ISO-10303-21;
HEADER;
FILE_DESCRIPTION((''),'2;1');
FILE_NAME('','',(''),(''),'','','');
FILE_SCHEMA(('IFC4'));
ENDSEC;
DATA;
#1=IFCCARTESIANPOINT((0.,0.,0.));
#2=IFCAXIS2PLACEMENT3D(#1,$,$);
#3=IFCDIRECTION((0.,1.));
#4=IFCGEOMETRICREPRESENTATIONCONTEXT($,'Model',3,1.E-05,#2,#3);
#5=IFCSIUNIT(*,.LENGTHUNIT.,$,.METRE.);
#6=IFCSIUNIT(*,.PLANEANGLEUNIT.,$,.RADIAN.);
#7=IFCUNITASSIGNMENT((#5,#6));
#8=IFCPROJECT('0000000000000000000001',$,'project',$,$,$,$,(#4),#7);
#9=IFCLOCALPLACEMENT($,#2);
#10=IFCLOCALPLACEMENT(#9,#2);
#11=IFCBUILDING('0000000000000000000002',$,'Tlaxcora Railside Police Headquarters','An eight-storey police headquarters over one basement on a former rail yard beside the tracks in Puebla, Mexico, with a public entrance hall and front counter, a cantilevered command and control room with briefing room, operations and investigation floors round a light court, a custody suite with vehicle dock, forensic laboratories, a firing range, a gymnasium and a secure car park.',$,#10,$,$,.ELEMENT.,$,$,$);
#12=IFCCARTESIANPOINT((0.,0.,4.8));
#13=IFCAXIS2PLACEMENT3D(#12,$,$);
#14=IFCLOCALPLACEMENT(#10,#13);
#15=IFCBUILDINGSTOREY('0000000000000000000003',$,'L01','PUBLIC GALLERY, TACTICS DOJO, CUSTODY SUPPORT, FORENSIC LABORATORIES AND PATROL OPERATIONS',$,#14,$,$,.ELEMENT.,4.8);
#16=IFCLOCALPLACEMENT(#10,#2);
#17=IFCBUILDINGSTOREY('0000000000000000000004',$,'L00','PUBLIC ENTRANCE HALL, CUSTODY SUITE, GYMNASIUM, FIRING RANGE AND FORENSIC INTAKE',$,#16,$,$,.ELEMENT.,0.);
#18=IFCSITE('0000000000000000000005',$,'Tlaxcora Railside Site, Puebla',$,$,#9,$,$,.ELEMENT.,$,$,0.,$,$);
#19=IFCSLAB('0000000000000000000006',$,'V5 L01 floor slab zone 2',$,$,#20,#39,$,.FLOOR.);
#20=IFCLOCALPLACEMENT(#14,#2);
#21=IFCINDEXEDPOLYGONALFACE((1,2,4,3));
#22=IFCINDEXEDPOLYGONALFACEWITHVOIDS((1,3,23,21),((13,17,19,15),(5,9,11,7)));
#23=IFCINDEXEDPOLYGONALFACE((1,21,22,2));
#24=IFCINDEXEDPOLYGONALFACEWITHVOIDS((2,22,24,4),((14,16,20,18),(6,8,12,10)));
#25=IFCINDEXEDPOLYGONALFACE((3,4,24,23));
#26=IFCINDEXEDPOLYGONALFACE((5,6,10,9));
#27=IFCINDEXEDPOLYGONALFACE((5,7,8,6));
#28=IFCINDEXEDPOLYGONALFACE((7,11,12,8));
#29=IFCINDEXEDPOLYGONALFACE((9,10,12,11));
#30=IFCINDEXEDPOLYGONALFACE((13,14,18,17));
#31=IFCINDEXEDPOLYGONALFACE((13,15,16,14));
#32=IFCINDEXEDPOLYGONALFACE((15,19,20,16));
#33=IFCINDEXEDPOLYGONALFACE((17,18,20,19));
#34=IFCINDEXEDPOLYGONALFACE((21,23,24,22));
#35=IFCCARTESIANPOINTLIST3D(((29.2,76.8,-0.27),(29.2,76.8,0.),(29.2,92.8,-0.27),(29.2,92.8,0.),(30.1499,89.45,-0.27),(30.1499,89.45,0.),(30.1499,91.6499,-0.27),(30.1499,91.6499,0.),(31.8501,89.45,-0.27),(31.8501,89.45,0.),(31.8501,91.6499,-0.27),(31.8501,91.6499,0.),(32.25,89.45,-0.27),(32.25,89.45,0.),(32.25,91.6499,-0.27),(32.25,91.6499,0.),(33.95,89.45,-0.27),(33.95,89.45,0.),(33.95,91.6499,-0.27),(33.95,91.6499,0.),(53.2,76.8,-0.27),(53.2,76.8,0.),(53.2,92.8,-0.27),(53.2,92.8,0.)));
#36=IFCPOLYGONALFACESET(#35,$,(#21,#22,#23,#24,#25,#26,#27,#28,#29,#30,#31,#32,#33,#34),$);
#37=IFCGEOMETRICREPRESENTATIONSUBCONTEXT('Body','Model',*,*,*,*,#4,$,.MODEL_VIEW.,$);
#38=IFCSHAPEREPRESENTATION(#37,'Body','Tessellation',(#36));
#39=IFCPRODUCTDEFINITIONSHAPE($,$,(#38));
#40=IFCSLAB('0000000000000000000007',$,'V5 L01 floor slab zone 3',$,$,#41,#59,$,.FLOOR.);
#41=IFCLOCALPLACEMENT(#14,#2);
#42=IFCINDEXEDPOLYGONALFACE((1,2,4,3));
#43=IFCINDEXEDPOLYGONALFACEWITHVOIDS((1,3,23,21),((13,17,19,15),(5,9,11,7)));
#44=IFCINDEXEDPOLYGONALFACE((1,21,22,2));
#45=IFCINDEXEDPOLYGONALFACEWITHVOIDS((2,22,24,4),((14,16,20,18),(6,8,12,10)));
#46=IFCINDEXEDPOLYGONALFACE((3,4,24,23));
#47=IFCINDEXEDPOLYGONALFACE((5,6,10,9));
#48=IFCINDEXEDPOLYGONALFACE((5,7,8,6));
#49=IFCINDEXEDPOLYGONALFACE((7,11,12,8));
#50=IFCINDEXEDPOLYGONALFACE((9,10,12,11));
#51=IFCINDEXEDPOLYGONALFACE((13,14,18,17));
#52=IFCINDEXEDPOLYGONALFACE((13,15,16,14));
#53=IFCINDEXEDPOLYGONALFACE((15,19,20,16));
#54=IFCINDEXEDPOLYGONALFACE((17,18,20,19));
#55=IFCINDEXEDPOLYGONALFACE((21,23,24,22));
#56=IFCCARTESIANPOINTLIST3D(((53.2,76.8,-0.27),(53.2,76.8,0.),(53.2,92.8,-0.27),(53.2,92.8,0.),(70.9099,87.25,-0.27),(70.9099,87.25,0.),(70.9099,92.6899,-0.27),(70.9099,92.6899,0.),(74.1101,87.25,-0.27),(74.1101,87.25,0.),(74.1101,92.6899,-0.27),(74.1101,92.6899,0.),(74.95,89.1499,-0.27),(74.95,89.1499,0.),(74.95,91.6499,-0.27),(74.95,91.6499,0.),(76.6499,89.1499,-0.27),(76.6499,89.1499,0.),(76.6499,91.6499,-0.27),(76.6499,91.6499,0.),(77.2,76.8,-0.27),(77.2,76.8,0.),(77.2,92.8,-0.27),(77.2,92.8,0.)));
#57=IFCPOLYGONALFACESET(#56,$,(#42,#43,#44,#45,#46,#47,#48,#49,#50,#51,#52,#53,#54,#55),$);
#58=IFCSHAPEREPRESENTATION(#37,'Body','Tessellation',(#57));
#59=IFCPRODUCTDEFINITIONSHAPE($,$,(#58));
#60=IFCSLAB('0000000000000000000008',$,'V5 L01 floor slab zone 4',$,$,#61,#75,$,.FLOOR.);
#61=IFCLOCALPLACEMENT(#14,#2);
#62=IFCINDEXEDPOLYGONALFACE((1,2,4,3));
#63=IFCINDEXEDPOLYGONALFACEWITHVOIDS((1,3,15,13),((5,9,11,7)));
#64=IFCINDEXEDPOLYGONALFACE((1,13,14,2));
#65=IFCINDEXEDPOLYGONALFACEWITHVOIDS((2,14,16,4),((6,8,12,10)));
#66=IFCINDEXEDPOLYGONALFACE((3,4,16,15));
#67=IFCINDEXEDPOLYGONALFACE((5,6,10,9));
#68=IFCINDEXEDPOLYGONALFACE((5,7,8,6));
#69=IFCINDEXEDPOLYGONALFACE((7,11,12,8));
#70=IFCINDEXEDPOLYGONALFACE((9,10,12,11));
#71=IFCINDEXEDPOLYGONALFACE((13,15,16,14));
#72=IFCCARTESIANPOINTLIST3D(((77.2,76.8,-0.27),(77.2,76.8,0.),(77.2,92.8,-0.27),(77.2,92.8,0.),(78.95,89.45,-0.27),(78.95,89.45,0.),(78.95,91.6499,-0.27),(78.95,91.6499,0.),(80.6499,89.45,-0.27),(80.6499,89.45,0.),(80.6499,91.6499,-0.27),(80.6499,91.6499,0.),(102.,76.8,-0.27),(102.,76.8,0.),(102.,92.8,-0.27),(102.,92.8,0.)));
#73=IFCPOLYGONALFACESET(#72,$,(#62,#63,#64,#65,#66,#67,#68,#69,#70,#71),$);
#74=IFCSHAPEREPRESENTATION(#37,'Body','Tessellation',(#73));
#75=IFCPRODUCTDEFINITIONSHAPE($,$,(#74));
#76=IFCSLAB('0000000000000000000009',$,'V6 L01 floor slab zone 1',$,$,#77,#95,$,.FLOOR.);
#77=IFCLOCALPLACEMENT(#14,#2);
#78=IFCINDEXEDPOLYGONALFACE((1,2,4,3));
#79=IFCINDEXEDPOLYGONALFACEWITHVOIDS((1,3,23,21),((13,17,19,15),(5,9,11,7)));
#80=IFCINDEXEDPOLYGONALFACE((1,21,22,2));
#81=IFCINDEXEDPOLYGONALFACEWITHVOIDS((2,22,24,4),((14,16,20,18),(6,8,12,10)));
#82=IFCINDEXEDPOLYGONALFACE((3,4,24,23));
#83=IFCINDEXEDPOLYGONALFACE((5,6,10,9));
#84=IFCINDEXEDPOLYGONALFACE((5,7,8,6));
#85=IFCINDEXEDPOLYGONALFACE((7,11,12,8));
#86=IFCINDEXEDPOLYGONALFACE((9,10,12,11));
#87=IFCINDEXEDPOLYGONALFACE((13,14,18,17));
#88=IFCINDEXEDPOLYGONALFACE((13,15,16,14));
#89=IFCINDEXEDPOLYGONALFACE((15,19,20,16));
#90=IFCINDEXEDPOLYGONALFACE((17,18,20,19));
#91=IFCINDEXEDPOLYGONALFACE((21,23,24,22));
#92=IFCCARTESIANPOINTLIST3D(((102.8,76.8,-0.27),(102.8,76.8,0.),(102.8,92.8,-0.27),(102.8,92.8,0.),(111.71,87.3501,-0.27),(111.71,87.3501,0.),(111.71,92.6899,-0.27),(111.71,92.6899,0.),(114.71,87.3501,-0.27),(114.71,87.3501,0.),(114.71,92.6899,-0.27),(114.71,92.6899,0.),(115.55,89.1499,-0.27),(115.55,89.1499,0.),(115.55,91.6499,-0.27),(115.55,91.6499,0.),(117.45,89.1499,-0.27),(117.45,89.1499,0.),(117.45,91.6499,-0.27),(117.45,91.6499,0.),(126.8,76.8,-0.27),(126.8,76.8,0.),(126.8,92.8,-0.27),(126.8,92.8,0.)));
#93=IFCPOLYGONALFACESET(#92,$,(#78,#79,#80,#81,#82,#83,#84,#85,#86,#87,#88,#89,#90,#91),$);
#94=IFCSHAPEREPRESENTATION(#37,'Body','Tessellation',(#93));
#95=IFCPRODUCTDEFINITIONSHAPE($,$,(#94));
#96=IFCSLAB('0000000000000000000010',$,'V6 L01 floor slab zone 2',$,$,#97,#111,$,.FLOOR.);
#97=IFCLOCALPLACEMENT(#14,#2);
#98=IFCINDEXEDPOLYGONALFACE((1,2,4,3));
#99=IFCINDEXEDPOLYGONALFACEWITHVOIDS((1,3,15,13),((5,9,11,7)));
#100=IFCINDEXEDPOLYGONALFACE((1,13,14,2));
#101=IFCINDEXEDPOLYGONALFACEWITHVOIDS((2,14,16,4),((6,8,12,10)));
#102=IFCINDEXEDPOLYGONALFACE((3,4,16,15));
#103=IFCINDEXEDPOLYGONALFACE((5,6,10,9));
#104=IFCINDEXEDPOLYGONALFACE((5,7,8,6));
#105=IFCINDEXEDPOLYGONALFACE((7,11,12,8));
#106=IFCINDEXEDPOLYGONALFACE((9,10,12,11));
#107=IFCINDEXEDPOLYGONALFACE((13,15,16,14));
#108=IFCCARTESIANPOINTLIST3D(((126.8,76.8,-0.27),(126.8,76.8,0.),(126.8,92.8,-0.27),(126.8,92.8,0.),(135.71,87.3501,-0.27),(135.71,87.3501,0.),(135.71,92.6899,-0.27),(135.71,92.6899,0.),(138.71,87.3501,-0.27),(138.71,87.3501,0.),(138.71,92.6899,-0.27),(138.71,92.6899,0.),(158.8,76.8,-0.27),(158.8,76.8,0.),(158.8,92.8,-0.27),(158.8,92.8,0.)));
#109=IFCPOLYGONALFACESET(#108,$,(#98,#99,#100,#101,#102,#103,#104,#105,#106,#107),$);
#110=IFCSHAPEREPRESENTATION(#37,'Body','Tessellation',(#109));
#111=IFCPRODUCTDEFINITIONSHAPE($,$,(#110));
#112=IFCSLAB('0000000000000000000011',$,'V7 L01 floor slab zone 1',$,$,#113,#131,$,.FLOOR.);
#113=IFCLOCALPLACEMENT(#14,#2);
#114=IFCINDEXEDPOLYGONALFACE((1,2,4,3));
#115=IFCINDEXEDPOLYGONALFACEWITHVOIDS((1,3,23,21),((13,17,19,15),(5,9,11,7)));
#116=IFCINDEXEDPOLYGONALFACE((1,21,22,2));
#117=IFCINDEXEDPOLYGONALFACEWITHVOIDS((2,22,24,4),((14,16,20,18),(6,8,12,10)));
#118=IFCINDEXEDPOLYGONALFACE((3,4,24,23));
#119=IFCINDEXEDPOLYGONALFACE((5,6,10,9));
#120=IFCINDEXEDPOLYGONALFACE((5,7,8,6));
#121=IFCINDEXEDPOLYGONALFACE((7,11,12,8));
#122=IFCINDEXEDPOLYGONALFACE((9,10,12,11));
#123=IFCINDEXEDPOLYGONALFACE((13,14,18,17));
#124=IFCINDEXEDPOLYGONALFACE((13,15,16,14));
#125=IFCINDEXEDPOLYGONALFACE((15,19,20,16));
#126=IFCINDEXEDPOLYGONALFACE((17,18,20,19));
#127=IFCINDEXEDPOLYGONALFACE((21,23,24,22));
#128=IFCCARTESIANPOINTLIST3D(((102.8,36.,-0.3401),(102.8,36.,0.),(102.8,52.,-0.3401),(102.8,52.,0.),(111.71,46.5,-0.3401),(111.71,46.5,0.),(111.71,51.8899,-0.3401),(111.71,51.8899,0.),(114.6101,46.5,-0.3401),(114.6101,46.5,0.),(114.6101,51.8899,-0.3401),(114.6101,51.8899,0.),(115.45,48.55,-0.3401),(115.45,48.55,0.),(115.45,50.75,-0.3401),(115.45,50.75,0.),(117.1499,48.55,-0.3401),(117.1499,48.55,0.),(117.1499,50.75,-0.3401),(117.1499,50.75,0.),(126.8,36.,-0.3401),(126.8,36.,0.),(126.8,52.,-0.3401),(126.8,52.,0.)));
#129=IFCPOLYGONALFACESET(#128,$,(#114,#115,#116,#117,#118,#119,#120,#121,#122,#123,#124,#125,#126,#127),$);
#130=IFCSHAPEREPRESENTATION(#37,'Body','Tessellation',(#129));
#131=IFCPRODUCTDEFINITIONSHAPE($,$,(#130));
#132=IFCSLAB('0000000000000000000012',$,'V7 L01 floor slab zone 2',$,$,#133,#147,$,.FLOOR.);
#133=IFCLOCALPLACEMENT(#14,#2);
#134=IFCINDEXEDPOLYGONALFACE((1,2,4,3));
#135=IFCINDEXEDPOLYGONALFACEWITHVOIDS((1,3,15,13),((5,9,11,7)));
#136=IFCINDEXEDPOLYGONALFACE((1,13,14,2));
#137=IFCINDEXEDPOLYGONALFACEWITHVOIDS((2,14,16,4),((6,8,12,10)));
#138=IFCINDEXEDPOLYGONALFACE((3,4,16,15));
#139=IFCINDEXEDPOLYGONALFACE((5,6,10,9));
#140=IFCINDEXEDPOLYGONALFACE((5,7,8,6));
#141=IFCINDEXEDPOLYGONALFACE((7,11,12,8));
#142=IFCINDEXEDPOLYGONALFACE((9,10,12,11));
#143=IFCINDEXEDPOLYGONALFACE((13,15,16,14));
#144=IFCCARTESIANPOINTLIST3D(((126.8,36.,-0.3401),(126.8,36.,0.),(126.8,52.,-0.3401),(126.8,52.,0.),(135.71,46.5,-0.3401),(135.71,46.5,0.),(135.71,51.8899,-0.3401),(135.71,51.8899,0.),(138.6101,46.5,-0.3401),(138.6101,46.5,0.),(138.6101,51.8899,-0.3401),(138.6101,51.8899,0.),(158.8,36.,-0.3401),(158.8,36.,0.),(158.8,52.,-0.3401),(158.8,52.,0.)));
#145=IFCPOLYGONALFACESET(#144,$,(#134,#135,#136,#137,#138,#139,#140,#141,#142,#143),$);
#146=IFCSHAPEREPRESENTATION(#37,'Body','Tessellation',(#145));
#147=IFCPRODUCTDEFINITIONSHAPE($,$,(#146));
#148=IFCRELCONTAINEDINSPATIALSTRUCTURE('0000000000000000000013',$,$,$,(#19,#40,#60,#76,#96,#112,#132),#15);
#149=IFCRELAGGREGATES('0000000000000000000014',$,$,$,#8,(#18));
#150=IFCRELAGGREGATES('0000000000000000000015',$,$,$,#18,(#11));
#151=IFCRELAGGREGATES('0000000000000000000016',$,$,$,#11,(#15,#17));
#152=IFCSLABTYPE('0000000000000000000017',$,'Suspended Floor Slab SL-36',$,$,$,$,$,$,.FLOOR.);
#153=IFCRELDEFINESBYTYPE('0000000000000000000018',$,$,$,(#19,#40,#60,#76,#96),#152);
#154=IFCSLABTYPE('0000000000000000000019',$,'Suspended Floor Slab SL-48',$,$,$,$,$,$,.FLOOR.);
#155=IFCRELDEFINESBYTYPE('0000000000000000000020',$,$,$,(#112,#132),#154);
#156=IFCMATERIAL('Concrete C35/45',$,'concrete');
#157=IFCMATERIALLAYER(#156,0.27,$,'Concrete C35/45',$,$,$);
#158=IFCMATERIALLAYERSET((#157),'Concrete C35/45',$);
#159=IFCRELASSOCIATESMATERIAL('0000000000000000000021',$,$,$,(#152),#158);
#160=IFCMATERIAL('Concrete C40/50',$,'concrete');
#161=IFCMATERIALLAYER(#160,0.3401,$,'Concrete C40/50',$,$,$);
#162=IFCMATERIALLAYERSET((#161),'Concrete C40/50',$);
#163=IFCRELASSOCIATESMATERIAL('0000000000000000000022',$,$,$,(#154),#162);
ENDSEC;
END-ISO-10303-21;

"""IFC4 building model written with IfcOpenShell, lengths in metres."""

from ifc_helpers import new_model, si_unit, direction, frame, origin, place, context, subcontext, project, spatial, polyline, outline, extrude, material, layer, layer_set, type_object, element, save


model = new_model("IFC4")

# Units and contexts
model_context = context("Model", 3, precision=1e-05, world=origin(), true_north=direction((0.0, 1.0)))
body_context = subcontext(model_context, "Body", "Model", "MODEL_VIEW")
ifc_project = project(units=[si_unit("LENGTHUNIT", "METRE"), si_unit("PLANEANGLEUNIT", "RADIAN")], contexts=[model_context])

# Site, building, storey
site_placement = place(None, origin())
site = spatial("IfcSite", under=ifc_project, at=site_placement, Name="Tlaxcora Railside Site, Puebla", CompositionType="ELEMENT", RefElevation=0.0)
building_placement = place(site_placement, origin())
building = spatial("IfcBuilding", under=site, at=building_placement, Name="Tlaxcora Railside Police Headquarters", Description="An eight-storey police headquarters over one basement on a former rail yard beside the tracks in Puebla, Mexico, with a public entrance hall and front counter, a cantilevered command and control room with briefing room, operations and investigation floors round a light court, a custody suite with vehicle dock, forensic laboratories, a firing range, a gymnasium and a secure car park.", CompositionType="ELEMENT")
storey_1_placement = place(building_placement, frame((0.0, 0.0, 4.8)))
storey_1 = spatial("IfcBuildingStorey", under=building, at=storey_1_placement, Name="L01", Description="PUBLIC GALLERY, TACTICS DOJO, CUSTODY SUPPORT, FORENSIC LABORATORIES AND PATROL OPERATIONS", CompositionType="ELEMENT", Elevation=4.8)

# Shared definitions
ifc_material_1 = material(Name="Concrete C40/50", Category="concrete")

# Shared definitions
storey_2_placement = place(building_placement, origin())
storey_2 = spatial("IfcBuildingStorey", under=building, at=storey_2_placement, Name="L00", Description="PUBLIC ENTRANCE HALL, CUSTODY SUITE, GYMNASIUM, FIRING RANGE AND FORENSIC INTAKE", CompositionType="ELEMENT", Elevation=0.0)

# Shared definitions
ifc_material_2 = material(Name="Concrete C35/45", Category="concrete")

# Slabs
ifc_layer_1 = layer(ifc_material_2, 0.27, Name="Concrete C35/45")
ifc_layer_set_1 = layer_set([ifc_layer_1], Name="Concrete C35/45")
slab_type_1 = type_object("IfcSlabType", Name="Suspended Floor Slab SL-36", PredefinedType="FLOOR", material=ifc_layer_set_1)
slab_1_placement = place(storey_1_placement, frame((0.0, 0.0, -0.27)))
element("IfcSlab", 1, at=slab_1_placement, inside=storey_1, type_object=slab_type_1, Name="V5 L01 floor slab zone 2", PredefinedType="FLOOR", context=body_context, shape_type="SweptSolid", body=[
    extrude(outline(polyline([(53.2, 92.8), (29.2, 92.8), (29.2, 76.8), (53.2, 76.8), (53.2, 92.8)]), holes=[polyline([(31.8501, 89.45), (30.1499, 89.45), (30.1499, 91.6499), (31.8501, 91.6499), (31.8501, 89.45)]), polyline([(32.25, 89.45), (32.25, 91.6499), (33.95, 91.6499), (33.95, 89.45), (32.25, 89.45)])]), origin(), (0.0, 0.0, 1.0), 0.27),
])
slab_2_placement = place(storey_1_placement, frame((0.0, 0.0, -0.27)))
element("IfcSlab", 2, at=slab_2_placement, inside=storey_1, type_object=slab_type_1, Name="V5 L01 floor slab zone 3", PredefinedType="FLOOR", context=body_context, shape_type="SweptSolid", body=[
    extrude(outline(polyline([(77.2, 92.8), (53.2, 92.8), (53.2, 76.8), (77.2, 76.8), (77.2, 92.8)]), holes=[polyline([(70.9099, 92.6899), (74.1101, 92.6899), (74.1101, 87.25), (70.9099, 87.25), (70.9099, 92.6899)]), polyline([(76.6499, 91.6499), (76.6499, 89.1499), (74.95, 89.1499), (74.95, 91.6499), (76.6499, 91.6499)])]), origin(), (0.0, 0.0, 1.0), 0.27),
])
slab_3_placement = place(storey_1_placement, frame((0.0, 0.0, -0.27)))
element("IfcSlab", 3, at=slab_3_placement, inside=storey_1, type_object=slab_type_1, Name="V5 L01 floor slab zone 4", PredefinedType="FLOOR", context=body_context, shape_type="SweptSolid", body=[
    extrude(outline(polyline([(102.0, 92.8), (77.2, 92.8), (77.2, 76.8), (102.0, 76.8), (102.0, 92.8)]), holes=[polyline([(80.6499, 89.45), (78.95, 89.45), (78.95, 91.6499), (80.6499, 91.6499), (80.6499, 89.45)])]), origin(), (0.0, 0.0, 1.0), 0.27),
])
slab_4_placement = place(storey_1_placement, frame((0.0, 0.0, -0.27)))
element("IfcSlab", 4, at=slab_4_placement, inside=storey_1, type_object=slab_type_1, Name="V6 L01 floor slab zone 1", PredefinedType="FLOOR", context=body_context, shape_type="SweptSolid", body=[
    extrude(outline(polyline([(126.8, 92.8), (102.8, 92.8), (102.8, 76.8), (126.8, 76.8), (126.8, 92.8)]), holes=[polyline([(111.71, 92.6899), (114.71, 92.6899), (114.71, 87.3501), (111.71, 87.3501), (111.71, 92.6899)]), polyline([(117.45, 91.6499), (117.45, 89.1499), (115.55, 89.1499), (115.55, 91.6499), (117.45, 91.6499)])]), origin(), (0.0, 0.0, 1.0), 0.27),
])
slab_5_placement = place(storey_1_placement, frame((0.0, 0.0, -0.27)))
element("IfcSlab", 5, at=slab_5_placement, inside=storey_1, type_object=slab_type_1, Name="V6 L01 floor slab zone 2", PredefinedType="FLOOR", context=body_context, shape_type="SweptSolid", body=[
    extrude(outline(polyline([(158.8, 92.8), (126.8, 92.8), (126.8, 76.8), (158.8, 76.8), (158.8, 92.8)]), holes=[polyline([(138.71, 87.3501), (135.71, 87.3501), (135.71, 92.6899), (138.71, 92.6899), (138.71, 87.3501)])]), origin(), (0.0, 0.0, 1.0), 0.27),
])
ifc_layer_2 = layer(ifc_material_1, 0.3401, Name="Concrete C40/50")
ifc_layer_set_2 = layer_set([ifc_layer_2], Name="Concrete C40/50")
slab_type_2 = type_object("IfcSlabType", Name="Suspended Floor Slab SL-48", PredefinedType="FLOOR", material=ifc_layer_set_2)
slab_6_placement = place(storey_1_placement, frame((0.0, 0.0, -0.3401)))
element("IfcSlab", 6, at=slab_6_placement, inside=storey_1, type_object=slab_type_2, Name="V7 L01 floor slab zone 1", PredefinedType="FLOOR", context=body_context, shape_type="SweptSolid", body=[
    extrude(outline(polyline([(126.8, 52.0), (102.8, 52.0), (102.8, 36.0), (126.8, 36.0), (126.8, 52.0)]), holes=[polyline([(111.71, 51.8899), (114.6101, 51.8899), (114.6101, 46.5), (111.71, 46.5), (111.71, 51.8899)]), polyline([(117.1499, 50.75), (117.1499, 48.55), (115.45, 48.55), (115.45, 50.75), (117.1499, 50.75)])]), origin(), (0.0, 0.0, 1.0), 0.3401),
])
slab_7_placement = place(storey_1_placement, frame((0.0, 0.0, -0.3401)))
element("IfcSlab", 7, at=slab_7_placement, inside=storey_1, type_object=slab_type_2, Name="V7 L01 floor slab zone 2", PredefinedType="FLOOR", context=body_context, shape_type="SweptSolid", body=[
    extrude(outline(polyline([(158.8, 52.0), (126.8, 52.0), (126.8, 36.0), (158.8, 36.0), (158.8, 52.0)]), holes=[polyline([(138.6101, 46.5), (135.71, 46.5), (135.71, 51.8899), (138.6101, 51.8899), (138.6101, 46.5)])]), origin(), (0.0, 0.0, 1.0), 0.3401),
])

save(model, "model.ifc")
